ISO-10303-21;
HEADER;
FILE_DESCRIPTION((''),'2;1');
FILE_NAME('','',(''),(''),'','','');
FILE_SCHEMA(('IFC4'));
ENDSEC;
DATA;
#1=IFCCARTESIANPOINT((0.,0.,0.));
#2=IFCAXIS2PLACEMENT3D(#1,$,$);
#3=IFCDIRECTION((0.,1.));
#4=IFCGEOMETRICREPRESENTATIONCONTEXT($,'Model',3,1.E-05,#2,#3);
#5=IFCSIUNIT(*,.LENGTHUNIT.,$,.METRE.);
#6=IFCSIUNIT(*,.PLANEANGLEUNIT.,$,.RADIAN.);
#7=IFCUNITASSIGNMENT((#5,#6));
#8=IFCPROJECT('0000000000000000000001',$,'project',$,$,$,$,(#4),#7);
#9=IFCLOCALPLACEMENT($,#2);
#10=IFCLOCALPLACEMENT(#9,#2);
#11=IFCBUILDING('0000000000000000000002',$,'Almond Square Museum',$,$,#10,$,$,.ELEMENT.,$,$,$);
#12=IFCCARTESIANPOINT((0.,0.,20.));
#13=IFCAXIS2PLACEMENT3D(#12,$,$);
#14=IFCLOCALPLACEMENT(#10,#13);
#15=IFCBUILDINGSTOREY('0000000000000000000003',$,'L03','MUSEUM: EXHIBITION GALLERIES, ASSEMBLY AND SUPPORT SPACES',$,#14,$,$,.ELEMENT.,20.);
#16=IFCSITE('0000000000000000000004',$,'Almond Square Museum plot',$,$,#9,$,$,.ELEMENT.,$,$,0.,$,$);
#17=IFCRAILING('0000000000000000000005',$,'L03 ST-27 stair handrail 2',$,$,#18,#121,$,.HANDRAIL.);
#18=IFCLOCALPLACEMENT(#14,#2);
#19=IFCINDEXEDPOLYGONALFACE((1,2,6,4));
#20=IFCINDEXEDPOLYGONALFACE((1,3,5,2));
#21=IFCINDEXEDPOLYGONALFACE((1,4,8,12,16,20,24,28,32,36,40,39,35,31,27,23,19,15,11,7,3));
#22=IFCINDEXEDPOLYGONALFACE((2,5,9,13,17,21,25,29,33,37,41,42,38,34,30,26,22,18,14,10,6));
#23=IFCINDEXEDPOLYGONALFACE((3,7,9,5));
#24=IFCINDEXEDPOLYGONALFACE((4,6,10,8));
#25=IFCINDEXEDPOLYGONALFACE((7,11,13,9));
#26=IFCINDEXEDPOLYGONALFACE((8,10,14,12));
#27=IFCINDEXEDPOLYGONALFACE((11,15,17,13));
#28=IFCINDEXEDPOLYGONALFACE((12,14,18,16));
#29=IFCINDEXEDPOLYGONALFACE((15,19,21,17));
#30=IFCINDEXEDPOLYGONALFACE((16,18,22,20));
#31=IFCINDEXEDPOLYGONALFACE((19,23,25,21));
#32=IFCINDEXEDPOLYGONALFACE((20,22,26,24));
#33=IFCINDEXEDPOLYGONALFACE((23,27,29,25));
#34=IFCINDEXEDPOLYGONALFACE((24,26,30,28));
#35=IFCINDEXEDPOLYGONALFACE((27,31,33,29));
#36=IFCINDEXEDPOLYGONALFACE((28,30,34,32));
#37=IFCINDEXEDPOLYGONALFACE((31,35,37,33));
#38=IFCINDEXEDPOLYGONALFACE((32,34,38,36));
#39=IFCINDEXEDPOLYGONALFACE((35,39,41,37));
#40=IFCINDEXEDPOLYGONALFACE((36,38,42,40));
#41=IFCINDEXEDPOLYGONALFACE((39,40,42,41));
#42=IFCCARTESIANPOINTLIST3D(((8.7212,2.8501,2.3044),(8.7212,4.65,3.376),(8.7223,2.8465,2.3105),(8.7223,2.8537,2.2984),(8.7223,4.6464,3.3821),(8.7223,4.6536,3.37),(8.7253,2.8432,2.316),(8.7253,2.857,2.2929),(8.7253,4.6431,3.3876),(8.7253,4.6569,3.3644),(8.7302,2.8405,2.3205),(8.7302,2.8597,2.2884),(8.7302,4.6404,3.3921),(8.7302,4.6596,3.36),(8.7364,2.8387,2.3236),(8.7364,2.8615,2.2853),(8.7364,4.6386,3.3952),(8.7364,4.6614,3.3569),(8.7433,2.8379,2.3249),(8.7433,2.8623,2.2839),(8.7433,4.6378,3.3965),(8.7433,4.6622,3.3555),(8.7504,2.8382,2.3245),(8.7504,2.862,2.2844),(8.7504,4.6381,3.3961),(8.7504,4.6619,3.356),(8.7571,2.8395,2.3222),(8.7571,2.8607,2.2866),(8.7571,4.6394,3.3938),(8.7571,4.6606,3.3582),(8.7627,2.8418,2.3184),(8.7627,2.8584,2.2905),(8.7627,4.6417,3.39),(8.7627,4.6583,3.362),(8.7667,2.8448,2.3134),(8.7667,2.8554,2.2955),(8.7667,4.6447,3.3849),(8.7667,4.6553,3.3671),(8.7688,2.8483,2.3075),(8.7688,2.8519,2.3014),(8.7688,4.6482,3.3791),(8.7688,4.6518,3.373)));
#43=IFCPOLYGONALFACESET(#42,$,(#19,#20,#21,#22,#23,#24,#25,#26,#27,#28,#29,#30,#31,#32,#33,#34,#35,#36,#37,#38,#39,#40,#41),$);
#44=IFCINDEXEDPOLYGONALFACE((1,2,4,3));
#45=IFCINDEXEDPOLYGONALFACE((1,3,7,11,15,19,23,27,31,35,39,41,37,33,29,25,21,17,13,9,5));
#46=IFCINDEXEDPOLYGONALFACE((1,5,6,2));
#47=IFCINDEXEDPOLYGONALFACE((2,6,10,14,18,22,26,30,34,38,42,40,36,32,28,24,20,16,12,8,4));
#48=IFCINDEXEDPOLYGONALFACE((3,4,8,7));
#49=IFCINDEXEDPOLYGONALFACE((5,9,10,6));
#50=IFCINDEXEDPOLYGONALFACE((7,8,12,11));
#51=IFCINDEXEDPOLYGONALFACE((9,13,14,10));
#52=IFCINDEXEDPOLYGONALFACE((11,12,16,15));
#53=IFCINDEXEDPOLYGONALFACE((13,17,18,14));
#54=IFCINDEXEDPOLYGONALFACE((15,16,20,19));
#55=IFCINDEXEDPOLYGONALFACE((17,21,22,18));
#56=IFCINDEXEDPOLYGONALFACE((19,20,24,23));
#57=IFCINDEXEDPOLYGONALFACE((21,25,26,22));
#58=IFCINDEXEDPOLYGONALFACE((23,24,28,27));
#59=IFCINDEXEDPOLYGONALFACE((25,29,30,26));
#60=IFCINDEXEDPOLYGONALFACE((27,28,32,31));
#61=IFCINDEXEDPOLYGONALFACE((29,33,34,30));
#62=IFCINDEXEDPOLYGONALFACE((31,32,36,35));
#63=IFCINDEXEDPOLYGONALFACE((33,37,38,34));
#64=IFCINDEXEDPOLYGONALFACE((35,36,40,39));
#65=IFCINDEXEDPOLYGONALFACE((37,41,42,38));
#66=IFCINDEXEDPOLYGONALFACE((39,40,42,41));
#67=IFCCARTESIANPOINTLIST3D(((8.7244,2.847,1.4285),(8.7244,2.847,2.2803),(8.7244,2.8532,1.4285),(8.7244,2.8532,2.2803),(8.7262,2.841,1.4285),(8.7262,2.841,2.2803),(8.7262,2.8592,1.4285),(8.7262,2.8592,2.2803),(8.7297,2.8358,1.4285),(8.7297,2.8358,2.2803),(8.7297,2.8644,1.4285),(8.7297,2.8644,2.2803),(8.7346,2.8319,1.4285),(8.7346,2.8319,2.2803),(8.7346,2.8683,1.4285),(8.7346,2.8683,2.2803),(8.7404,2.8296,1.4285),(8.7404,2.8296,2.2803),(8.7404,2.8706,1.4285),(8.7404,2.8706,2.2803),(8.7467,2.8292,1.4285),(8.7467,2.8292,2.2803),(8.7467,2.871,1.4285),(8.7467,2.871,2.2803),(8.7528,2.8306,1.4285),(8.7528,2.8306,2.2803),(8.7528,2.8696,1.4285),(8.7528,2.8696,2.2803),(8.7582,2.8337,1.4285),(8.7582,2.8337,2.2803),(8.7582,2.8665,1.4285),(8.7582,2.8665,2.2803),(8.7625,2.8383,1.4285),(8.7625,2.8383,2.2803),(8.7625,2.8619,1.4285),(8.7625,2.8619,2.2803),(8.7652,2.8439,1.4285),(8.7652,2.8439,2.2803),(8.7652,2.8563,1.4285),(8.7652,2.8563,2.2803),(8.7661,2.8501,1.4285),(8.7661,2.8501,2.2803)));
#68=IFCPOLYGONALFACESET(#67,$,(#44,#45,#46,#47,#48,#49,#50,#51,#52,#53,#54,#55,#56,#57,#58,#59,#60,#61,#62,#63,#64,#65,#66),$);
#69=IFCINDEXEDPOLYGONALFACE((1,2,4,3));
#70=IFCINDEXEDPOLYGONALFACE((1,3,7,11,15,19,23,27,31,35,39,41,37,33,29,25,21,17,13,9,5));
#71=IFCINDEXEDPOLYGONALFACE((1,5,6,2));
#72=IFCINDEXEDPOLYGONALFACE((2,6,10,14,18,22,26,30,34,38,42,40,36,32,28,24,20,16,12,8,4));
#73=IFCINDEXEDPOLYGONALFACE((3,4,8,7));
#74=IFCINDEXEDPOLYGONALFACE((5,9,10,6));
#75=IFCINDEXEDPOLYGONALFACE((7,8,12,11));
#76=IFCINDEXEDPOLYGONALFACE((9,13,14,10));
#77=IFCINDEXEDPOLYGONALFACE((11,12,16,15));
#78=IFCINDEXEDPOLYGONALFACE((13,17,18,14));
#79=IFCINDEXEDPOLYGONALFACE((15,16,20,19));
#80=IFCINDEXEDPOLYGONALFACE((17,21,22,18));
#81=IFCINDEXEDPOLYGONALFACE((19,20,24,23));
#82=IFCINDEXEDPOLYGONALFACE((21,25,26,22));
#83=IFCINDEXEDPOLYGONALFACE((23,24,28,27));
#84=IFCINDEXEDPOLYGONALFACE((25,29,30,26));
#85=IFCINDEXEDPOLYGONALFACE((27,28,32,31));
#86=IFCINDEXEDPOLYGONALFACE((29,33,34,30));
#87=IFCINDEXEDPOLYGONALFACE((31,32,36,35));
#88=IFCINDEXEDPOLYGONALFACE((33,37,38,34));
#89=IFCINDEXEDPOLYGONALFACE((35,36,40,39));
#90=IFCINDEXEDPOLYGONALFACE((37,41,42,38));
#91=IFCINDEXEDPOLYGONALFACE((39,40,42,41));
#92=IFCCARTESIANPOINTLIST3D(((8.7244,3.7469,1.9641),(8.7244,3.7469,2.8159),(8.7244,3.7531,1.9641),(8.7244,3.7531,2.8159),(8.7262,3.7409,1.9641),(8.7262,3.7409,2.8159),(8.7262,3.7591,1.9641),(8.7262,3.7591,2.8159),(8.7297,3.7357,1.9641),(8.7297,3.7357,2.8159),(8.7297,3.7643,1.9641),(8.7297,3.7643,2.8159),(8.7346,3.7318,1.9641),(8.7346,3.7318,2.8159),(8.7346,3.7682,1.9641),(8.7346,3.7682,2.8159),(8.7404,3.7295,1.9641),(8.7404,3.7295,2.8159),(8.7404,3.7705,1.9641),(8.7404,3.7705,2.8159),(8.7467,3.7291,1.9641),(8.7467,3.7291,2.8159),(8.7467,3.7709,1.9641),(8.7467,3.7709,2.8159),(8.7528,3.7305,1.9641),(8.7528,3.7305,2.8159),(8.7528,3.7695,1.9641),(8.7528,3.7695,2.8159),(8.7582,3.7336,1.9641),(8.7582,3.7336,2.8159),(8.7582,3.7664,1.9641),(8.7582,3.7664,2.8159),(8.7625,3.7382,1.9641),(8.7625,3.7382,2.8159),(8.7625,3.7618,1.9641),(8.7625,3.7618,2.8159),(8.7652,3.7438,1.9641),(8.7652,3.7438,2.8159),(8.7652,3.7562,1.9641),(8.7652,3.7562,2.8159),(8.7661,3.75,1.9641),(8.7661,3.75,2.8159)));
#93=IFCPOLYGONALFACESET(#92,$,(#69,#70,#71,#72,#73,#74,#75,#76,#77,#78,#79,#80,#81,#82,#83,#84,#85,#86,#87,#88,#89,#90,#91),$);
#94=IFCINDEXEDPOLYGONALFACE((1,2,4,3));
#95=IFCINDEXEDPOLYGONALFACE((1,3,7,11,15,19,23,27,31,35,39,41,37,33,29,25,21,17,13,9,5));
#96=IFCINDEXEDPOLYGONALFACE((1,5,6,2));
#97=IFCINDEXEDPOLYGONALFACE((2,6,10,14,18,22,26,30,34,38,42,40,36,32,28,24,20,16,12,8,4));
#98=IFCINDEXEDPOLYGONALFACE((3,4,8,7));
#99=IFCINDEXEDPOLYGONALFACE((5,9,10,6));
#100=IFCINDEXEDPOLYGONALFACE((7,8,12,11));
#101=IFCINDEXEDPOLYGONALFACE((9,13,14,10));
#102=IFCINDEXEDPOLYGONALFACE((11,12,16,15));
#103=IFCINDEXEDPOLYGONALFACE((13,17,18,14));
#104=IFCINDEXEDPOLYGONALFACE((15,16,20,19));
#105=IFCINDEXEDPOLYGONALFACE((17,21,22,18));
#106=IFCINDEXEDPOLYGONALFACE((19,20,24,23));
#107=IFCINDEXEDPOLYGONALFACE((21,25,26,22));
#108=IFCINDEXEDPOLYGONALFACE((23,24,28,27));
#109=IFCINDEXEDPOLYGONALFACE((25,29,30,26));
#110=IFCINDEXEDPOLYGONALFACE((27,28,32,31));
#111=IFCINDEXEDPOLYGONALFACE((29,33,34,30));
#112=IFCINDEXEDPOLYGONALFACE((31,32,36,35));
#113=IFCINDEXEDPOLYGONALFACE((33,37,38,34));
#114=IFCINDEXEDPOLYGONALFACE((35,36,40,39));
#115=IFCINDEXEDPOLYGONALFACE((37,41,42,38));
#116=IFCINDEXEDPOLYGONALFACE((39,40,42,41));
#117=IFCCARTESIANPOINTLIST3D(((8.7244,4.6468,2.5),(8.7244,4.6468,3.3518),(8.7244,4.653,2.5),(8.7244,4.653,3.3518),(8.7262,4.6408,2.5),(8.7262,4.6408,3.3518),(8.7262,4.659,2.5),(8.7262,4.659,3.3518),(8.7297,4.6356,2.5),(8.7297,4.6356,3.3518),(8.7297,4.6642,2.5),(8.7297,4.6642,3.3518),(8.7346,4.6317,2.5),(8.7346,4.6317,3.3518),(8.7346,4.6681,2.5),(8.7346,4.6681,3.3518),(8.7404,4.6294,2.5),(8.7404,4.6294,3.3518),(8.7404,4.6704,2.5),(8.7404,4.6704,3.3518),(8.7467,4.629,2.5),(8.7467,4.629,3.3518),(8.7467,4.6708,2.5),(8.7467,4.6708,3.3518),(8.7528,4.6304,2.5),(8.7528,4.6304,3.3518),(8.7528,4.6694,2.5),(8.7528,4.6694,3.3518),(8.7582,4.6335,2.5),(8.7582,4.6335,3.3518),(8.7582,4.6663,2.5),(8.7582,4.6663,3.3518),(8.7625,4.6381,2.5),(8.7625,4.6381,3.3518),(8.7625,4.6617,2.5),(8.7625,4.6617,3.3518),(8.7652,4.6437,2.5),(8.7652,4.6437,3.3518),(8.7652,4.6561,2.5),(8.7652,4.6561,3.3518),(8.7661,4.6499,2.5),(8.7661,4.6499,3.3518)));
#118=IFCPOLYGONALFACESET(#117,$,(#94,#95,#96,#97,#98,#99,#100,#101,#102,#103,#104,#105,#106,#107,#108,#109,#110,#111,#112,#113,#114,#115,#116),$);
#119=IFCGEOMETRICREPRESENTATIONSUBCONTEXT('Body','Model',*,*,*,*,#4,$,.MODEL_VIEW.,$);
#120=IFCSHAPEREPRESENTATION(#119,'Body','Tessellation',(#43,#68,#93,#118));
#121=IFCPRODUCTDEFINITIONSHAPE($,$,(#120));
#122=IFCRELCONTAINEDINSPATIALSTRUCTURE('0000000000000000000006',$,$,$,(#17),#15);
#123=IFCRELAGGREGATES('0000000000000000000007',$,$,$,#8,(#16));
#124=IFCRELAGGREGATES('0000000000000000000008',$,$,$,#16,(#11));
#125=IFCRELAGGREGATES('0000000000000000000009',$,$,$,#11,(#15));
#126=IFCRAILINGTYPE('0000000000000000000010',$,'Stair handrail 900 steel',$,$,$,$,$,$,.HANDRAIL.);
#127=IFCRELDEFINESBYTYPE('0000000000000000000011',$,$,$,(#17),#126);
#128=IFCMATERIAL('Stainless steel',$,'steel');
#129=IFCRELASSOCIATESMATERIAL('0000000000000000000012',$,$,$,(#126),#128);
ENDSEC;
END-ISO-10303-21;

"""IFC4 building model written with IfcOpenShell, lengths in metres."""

from ifc_helpers import new_model, si_unit, direction, frame, origin, origin_2d, place, context, subcontext, project, spatial, circle, extrude, material, type_object, element, save


model = new_model("IFC4")

# Units and contexts
model_context = context("Model", 3, precision=1e-05, world=origin(), true_north=direction((0.0, 1.0)))
body_context = subcontext(model_context, "Body", "Model", "MODEL_VIEW")
ifc_project = project(units=[si_unit("LENGTHUNIT", "METRE"), si_unit("PLANEANGLEUNIT", "RADIAN")], contexts=[model_context])

# Site, building, storey
site_placement = place(None, origin())
site = spatial("IfcSite", under=ifc_project, at=site_placement, Name="Almond Square Museum plot", CompositionType="ELEMENT", RefElevation=0.0)
building_placement = place(site_placement, origin())
building = spatial("IfcBuilding", under=site, at=building_placement, Name="Almond Square Museum", CompositionType="ELEMENT")
storey_placement = place(building_placement, frame((0.0, 0.0, 20.0)))
storey = spatial("IfcBuildingStorey", under=building, at=storey_placement, Name="L03", Description="MUSEUM: EXHIBITION GALLERIES, ASSEMBLY AND SUPPORT SPACES", CompositionType="ELEMENT", Elevation=20.0)

# Railing
ifc_material_1 = material(Name="Stainless steel", Category="steel")
railing_type_1 = type_object("IfcRailingType", Name="Stair handrail 900 steel", PredefinedType="HANDRAIL", material=ifc_material_1)
railing_1_placement = place(storey_placement, frame((8.7451, 2.8501, 1.4285)))
element("IfcRailing", 1, at=railing_1_placement, inside=storey, type_object=railing_type_1, Name="L03 ST-27 stair handrail 2", PredefinedType="HANDRAIL", context=body_context, shape_type="SweptSolid", body=[
    extrude(circle(Radius=0.0239, at=origin_2d()), frame((0.0, 0.0, 0.876), z_axis=(0.0, 0.859247, 0.511562), x_axis=(-1.0, 0.0, 0.0)), (0.0, 0.0, 1.0), 2.0947),
    extrude(circle(Radius=0.021, at=origin_2d()), origin(), (0.0, 0.0, 1.0), 0.8518),
    extrude(circle(Radius=0.021, at=origin_2d()), frame((0.0, 0.8999, 0.5356)), (0.0, 0.0, 1.0), 0.8518),
    extrude(circle(Radius=0.021, at=origin_2d()), frame((0.0, 1.7998, 1.0715)), (0.0, 0.0, 1.0), 0.8518),
])

save(model, "model.ifc")
